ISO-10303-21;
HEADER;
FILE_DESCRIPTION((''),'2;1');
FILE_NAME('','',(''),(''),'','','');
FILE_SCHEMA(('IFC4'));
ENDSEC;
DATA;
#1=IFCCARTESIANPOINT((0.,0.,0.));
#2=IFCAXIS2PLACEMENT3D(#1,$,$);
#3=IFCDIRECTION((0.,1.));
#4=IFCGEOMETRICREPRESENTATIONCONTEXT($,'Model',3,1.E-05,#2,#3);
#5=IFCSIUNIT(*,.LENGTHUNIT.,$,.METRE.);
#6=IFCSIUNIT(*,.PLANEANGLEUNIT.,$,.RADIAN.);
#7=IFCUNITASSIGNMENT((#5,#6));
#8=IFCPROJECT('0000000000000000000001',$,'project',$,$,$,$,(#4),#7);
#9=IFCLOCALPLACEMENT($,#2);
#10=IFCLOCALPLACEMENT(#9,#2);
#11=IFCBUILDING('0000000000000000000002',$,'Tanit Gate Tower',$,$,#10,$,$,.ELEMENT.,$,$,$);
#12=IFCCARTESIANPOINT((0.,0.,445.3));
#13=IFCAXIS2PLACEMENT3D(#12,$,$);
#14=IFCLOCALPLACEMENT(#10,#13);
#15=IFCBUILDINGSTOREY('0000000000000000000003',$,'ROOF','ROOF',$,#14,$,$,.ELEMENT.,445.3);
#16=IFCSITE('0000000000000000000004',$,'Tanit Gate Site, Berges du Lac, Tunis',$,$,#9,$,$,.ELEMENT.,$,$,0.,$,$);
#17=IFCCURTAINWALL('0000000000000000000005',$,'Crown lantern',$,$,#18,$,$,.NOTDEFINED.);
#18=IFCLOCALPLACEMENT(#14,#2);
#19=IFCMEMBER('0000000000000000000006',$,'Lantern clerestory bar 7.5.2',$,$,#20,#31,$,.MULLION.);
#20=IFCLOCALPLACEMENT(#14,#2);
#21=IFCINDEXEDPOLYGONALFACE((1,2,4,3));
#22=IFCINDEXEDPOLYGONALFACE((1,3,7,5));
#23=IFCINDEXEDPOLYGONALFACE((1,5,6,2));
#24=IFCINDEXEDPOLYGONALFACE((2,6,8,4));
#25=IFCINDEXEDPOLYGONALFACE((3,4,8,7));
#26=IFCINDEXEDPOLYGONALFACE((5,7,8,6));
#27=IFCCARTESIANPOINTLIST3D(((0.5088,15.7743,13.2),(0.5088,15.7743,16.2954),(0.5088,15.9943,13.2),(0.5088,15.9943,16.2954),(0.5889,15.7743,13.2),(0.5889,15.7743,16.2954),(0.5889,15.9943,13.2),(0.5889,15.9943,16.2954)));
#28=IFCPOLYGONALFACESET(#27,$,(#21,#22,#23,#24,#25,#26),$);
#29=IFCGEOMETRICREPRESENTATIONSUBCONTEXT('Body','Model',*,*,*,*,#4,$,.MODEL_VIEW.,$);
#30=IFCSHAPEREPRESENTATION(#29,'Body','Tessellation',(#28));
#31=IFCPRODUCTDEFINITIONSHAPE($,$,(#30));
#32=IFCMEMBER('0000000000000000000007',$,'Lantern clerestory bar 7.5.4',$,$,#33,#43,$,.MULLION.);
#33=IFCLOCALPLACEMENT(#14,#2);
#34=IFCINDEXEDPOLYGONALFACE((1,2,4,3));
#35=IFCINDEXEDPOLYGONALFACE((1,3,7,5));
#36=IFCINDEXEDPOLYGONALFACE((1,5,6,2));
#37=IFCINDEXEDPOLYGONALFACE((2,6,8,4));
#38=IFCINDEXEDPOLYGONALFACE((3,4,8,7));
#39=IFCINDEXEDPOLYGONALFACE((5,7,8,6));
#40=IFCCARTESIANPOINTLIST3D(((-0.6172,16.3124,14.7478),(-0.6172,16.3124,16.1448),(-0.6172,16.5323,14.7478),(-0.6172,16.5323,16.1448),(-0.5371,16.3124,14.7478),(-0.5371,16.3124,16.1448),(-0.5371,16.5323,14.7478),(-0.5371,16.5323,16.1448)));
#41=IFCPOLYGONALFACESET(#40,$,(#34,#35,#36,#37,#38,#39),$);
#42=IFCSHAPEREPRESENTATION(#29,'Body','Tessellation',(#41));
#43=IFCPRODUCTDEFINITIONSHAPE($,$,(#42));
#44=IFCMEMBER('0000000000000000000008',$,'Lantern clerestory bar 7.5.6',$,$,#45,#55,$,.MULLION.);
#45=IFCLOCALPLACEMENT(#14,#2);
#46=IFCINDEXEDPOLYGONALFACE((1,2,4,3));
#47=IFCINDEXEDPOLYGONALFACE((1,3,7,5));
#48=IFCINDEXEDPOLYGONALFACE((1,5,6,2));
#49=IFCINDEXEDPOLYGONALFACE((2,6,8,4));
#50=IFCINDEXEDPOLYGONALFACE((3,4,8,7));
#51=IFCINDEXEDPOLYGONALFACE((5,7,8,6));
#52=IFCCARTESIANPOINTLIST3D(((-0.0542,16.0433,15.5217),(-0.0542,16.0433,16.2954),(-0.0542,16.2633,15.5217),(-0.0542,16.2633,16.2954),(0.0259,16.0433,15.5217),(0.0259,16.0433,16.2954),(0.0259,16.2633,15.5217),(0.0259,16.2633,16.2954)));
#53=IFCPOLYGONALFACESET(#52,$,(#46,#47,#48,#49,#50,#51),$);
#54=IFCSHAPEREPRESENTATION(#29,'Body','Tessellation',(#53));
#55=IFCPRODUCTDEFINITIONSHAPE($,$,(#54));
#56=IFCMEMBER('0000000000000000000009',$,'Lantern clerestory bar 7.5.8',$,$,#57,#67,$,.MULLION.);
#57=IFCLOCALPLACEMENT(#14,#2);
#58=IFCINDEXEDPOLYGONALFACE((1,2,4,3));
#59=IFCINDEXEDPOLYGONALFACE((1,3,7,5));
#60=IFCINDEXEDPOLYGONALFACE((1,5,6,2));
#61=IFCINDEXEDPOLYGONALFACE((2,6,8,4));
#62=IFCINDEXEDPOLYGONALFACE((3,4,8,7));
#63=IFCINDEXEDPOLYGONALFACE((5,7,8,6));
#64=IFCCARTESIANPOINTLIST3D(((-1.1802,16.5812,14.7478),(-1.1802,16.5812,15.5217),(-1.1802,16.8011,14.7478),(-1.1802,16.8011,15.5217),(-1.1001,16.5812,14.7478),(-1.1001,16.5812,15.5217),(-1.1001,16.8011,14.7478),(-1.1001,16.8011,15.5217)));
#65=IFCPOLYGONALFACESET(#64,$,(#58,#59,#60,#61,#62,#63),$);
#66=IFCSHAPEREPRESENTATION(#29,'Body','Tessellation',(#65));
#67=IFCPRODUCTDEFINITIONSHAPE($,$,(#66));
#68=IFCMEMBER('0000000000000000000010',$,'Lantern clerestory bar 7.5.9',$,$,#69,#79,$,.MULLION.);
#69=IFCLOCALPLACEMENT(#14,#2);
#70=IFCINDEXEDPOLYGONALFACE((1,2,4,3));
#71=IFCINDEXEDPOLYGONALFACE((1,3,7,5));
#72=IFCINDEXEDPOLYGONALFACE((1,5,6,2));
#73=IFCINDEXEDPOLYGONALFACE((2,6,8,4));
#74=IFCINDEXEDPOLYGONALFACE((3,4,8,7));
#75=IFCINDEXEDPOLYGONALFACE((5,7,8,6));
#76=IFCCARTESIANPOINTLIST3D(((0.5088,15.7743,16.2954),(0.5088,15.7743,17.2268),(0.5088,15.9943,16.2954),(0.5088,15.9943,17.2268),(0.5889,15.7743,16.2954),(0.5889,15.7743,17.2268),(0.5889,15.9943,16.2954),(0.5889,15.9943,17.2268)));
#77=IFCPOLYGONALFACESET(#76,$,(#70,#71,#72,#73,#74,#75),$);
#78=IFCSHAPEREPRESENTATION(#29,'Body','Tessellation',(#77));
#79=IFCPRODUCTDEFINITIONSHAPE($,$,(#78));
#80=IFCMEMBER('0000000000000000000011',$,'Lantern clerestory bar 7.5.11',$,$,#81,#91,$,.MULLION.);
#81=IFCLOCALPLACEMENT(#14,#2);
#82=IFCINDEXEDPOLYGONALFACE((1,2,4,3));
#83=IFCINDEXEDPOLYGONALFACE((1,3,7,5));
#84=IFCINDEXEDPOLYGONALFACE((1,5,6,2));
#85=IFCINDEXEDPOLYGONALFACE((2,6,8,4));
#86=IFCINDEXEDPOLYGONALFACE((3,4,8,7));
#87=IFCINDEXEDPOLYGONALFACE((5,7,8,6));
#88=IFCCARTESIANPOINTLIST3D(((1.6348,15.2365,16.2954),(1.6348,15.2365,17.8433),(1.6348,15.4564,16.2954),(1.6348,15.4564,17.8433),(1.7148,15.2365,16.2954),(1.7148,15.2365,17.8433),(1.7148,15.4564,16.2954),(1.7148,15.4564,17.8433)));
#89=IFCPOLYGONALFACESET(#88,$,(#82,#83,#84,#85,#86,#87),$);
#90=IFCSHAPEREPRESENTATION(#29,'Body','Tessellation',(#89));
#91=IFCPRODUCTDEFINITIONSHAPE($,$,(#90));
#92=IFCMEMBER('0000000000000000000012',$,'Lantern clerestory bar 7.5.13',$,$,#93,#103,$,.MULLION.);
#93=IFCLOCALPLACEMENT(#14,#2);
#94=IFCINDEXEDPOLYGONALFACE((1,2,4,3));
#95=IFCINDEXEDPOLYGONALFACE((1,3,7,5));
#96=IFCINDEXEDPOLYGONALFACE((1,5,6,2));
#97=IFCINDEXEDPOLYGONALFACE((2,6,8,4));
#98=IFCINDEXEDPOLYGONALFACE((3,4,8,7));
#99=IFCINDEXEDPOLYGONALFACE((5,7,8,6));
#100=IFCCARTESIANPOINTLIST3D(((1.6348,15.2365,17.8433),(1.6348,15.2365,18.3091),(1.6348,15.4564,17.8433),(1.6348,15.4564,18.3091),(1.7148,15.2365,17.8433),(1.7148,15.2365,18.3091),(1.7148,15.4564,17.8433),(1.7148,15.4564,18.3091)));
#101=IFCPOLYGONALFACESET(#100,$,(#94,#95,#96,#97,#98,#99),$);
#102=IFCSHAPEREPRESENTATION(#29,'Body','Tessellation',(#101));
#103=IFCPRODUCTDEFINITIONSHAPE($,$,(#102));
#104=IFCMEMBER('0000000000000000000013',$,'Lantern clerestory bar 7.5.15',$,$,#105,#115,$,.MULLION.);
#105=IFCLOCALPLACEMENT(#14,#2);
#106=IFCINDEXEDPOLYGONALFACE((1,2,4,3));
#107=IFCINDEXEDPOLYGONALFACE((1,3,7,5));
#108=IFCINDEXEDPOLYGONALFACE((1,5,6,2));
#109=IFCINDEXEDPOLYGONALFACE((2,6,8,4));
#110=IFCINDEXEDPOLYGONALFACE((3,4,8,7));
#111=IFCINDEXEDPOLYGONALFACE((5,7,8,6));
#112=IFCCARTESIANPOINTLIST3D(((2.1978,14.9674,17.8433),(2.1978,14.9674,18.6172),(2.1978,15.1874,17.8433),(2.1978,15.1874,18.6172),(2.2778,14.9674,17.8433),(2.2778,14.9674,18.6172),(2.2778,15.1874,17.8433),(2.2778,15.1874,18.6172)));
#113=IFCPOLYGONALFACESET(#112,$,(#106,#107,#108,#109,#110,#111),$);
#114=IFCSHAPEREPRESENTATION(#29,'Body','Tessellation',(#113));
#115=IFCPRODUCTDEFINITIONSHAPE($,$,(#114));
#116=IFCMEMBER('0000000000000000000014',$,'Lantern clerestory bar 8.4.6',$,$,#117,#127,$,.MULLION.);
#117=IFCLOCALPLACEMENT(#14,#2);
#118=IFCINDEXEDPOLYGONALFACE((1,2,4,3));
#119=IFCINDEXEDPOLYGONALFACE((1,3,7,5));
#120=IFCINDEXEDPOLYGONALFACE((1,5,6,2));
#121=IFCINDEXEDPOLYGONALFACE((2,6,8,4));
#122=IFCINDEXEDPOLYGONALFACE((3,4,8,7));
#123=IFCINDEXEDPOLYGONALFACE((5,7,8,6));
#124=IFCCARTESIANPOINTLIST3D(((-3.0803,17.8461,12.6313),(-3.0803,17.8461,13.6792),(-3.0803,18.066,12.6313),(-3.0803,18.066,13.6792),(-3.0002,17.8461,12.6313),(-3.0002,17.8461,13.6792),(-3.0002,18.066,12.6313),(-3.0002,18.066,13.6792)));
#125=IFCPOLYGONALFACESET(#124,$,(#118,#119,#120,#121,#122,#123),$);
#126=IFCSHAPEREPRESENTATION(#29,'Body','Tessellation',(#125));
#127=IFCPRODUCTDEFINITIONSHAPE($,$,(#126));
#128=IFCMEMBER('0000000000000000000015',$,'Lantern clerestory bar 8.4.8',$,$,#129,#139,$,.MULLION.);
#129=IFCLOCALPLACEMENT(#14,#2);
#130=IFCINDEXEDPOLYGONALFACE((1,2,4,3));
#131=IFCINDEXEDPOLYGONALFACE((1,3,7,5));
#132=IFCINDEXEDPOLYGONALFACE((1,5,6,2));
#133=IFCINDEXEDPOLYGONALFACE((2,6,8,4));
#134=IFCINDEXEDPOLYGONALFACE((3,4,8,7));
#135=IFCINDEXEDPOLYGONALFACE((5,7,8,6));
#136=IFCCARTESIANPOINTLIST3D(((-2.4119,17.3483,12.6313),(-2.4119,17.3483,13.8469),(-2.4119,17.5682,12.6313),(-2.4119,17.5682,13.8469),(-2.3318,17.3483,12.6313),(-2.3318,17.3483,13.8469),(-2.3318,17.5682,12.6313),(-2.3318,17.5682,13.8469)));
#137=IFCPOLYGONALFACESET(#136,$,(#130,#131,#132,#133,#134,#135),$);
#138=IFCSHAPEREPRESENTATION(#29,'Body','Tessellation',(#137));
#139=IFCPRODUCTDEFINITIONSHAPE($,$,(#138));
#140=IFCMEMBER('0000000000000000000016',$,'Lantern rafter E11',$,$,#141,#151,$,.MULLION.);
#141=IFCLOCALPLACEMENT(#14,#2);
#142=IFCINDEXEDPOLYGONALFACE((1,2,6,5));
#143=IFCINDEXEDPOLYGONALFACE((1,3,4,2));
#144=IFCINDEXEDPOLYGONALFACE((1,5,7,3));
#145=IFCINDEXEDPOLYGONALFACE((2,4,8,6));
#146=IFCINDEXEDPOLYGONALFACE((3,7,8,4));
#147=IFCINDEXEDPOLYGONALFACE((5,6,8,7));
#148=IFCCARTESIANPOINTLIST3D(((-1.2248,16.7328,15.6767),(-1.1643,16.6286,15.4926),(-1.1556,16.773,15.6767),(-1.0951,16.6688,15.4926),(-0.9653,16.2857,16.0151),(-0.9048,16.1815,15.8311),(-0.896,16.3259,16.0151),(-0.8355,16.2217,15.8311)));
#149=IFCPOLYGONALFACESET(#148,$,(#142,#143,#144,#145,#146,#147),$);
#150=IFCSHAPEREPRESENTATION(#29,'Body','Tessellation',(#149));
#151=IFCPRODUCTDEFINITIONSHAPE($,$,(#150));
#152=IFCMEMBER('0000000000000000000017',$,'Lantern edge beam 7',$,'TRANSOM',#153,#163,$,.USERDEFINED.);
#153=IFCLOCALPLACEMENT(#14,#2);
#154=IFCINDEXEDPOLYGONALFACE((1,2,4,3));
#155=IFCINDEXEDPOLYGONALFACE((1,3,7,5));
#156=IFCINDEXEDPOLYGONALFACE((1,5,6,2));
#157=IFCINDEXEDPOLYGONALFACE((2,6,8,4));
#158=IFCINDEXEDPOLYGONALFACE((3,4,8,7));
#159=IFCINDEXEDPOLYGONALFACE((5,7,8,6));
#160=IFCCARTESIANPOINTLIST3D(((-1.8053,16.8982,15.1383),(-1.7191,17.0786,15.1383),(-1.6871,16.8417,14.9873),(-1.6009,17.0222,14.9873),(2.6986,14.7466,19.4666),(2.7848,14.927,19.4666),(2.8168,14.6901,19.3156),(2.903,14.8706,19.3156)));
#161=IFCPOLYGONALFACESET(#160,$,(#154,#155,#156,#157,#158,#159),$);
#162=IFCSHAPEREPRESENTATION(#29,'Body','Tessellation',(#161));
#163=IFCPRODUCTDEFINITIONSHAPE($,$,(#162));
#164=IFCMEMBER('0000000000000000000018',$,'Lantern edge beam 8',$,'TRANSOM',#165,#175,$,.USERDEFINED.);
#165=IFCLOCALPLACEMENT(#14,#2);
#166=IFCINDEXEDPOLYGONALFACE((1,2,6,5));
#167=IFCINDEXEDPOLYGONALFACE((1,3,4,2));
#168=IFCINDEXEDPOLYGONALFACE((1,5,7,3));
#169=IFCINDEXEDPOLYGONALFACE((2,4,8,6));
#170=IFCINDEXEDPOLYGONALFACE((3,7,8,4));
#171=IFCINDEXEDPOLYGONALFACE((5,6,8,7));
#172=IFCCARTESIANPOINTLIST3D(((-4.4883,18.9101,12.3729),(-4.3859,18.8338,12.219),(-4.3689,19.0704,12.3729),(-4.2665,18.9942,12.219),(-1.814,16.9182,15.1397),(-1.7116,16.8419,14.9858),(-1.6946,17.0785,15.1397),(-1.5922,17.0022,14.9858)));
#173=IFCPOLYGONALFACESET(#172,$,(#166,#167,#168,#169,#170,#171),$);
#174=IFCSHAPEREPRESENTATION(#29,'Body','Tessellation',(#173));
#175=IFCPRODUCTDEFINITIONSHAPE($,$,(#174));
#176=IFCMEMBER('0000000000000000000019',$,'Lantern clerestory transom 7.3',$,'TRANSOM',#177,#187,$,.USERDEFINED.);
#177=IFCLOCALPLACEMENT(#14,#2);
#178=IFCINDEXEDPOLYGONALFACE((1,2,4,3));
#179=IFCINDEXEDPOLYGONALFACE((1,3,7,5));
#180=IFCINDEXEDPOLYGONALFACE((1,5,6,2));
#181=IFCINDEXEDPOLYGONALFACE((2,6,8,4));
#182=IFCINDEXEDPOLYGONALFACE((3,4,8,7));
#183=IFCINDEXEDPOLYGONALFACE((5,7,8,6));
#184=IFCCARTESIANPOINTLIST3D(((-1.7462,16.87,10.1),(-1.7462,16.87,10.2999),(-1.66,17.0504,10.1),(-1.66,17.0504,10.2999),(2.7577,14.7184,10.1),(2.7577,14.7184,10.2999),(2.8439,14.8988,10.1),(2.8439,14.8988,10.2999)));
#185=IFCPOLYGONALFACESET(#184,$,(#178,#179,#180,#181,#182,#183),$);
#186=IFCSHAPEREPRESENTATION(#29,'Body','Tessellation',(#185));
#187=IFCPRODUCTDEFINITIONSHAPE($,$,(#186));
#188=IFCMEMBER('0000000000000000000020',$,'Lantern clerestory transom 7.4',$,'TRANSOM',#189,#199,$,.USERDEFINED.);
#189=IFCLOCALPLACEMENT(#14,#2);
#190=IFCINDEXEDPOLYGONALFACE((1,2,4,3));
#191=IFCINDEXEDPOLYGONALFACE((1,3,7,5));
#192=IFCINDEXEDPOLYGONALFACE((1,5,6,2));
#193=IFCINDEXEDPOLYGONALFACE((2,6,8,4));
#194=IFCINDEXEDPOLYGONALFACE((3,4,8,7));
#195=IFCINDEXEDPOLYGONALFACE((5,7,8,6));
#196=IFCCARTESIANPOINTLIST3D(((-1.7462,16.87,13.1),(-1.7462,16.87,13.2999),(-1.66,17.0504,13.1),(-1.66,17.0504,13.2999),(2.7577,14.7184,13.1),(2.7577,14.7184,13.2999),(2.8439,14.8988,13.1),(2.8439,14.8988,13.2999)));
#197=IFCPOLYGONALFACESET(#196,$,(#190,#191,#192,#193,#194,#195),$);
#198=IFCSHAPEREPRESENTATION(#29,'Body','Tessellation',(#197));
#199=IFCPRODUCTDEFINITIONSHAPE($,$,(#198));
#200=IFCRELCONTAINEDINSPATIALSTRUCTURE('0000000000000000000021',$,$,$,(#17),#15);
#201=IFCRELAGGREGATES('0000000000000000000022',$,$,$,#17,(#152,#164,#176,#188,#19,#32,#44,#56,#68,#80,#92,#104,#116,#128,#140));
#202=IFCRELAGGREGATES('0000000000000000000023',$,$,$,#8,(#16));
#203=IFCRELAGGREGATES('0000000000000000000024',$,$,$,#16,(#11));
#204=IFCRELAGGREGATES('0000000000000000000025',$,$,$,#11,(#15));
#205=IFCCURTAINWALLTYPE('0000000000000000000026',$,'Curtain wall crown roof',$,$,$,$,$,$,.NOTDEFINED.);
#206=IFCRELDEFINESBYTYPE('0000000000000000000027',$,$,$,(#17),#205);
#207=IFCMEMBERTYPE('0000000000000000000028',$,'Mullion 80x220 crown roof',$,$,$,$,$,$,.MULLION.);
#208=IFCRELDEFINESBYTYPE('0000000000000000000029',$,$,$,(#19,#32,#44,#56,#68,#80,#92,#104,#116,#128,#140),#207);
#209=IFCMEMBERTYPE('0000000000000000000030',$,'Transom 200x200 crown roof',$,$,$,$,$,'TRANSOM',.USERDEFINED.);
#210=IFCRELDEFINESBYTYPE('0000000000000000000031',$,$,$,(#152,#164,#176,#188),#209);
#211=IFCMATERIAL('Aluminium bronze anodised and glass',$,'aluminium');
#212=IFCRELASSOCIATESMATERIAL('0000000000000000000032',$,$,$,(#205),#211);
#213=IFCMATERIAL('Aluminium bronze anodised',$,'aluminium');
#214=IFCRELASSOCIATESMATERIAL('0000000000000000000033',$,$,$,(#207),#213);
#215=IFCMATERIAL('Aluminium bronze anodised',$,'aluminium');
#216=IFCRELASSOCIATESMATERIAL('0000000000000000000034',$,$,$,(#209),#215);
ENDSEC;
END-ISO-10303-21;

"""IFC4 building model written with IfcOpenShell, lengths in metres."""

from ifc_helpers import new_model, si_unit, direction, frame, origin, origin_2d, place, context, subcontext, project, spatial, rectangle, extrude, material, material_profile, profile_set, type_object, element, aggregate, save


model = new_model("IFC4")

# Units and contexts
model_context = context("Model", 3, precision=1e-05, world=origin(), true_north=direction((0.0, 1.0)))
body_context = subcontext(model_context, "Body", "Model", "MODEL_VIEW")
ifc_project = project(units=[si_unit("LENGTHUNIT", "METRE"), si_unit("PLANEANGLEUNIT", "RADIAN")], contexts=[model_context])

# Site, building, storey
site_placement = place(None, origin())
site = spatial("IfcSite", under=ifc_project, at=site_placement, Name="Tanit Gate Site, Berges du Lac, Tunis", CompositionType="ELEMENT", RefElevation=0.0)
building_placement = place(site_placement, origin())
building = spatial("IfcBuilding", under=site, at=building_placement, Name="Tanit Gate Tower", CompositionType="ELEMENT")
storey_placement = place(building_placement, frame((0.0, 0.0, 445.3)))
storey = spatial("IfcBuildingStorey", under=building, at=storey_placement, Name="ROOF", Description="ROOF", CompositionType="ELEMENT", Elevation=445.3)

# Curtain wall, members
ifc_material_1 = material(Name="Aluminium bronze anodised and glass", Category="aluminium")
curtain_wall_type = type_object("IfcCurtainWallType", Name="Curtain wall crown roof", PredefinedType="NOTDEFINED", material=ifc_material_1)
curtain_wall_placement = place(storey_placement, origin())
curtain_wall = element("IfcCurtainWall", 1, at=curtain_wall_placement, inside=storey, type_object=curtain_wall_type, Name="Crown lantern", PredefinedType="NOTDEFINED")
ifc_material_2 = material(Name="Aluminium bronze anodised", Category="aluminium")
ifc_material_profile_1 = material_profile(ifc_material_2, rectangle(XDim=0.0801, YDim=0.22, at=origin_2d()), Name="80x220 bronze rafter")
ifc_profile_set_1 = profile_set([ifc_material_profile_1], Name="Aluminium bronze anodised")
member_type_1 = type_object("IfcMemberType", Name="Mullion 80x220 crown roof", PredefinedType="MULLION", material=ifc_profile_set_1)
member_1_placement = place(storey_placement, frame((0.5488, 15.8843, 13.2), z_axis=(0.0, 0.0, 1.0), x_axis=(1.0, 0.0, 0.0)))
member_1 = element("IfcMember", 2, at=member_1_placement, type_object=member_type_1, Name="Lantern clerestory bar 7.5.2", PredefinedType="MULLION", context=body_context, shape_type="SweptSolid", body=[
    extrude(rectangle(XDim=0.0801, YDim=0.22, at=origin_2d()), origin(), (0.0, 0.0, 1.0), 3.0955),
])
member_2_placement = place(storey_placement, frame((-0.5771, 16.4224, 14.7478), z_axis=(0.0, 0.0, 1.0), x_axis=(1.0, 0.0, 0.0)))
member_2 = element("IfcMember", 3, at=member_2_placement, type_object=member_type_1, Name="Lantern clerestory bar 7.5.4", PredefinedType="MULLION", context=body_context, shape_type="SweptSolid", body=[
    extrude(rectangle(XDim=0.0801, YDim=0.22, at=origin_2d()), origin(), (0.0, 0.0, 1.0), 1.397),
])
member_3_placement = place(storey_placement, frame((-0.0142, 16.1533, 15.5217), z_axis=(0.0, 0.0, 1.0), x_axis=(1.0, 0.0, 0.0)))
member_3 = element("IfcMember", 4, at=member_3_placement, type_object=member_type_1, Name="Lantern clerestory bar 7.5.6", PredefinedType="MULLION", context=body_context, shape_type="SweptSolid", body=[
    extrude(rectangle(XDim=0.0801, YDim=0.22, at=origin_2d()), origin(), (0.0, 0.0, 1.0), 0.7737),
])
member_4_placement = place(storey_placement, frame((-1.1401, 16.6912, 14.7478), z_axis=(0.0, 0.0, 1.0), x_axis=(1.0, 0.0, 0.0)))
member_4 = element("IfcMember", 5, at=member_4_placement, type_object=member_type_1, Name="Lantern clerestory bar 7.5.8", PredefinedType="MULLION", context=body_context, shape_type="SweptSolid", body=[
    extrude(rectangle(XDim=0.0801, YDim=0.22, at=origin_2d()), origin(), (0.0, 0.0, 1.0), 0.7739),
])
member_5_placement = place(storey_placement, frame((0.5488, 15.8843, 16.2954), z_axis=(0.0, 0.0, 1.0), x_axis=(1.0, 0.0, 0.0)))
member_5 = element("IfcMember", 6, at=member_5_placement, type_object=member_type_1, Name="Lantern clerestory bar 7.5.9", PredefinedType="MULLION", context=body_context, shape_type="SweptSolid", body=[
    extrude(rectangle(XDim=0.0801, YDim=0.22, at=origin_2d()), origin(), (0.0, 0.0, 1.0), 0.9314),
])
member_6_placement = place(storey_placement, frame((1.6748, 15.3464, 16.2954), z_axis=(0.0, 0.0, 1.0), x_axis=(1.0, 0.0, 0.0)))
member_6 = element("IfcMember", 7, at=member_6_placement, type_object=member_type_1, Name="Lantern clerestory bar 7.5.11", PredefinedType="MULLION", context=body_context, shape_type="SweptSolid", body=[
    extrude(rectangle(XDim=0.0801, YDim=0.22, at=origin_2d()), origin(), (0.0, 0.0, 1.0), 1.5479),
])
member_7_placement = place(storey_placement, frame((1.6748, 15.3464, 17.8433), z_axis=(0.0, 0.0, 1.0), x_axis=(1.0, 0.0, 0.0)))
member_7 = element("IfcMember", 8, at=member_7_placement, type_object=member_type_1, Name="Lantern clerestory bar 7.5.13", PredefinedType="MULLION", context=body_context, shape_type="SweptSolid", body=[
    extrude(rectangle(XDim=0.0801, YDim=0.22, at=origin_2d()), origin(), (0.0, 0.0, 1.0), 0.4658),
])
member_8_placement = place(storey_placement, frame((2.2378, 15.0774, 17.8433), z_axis=(0.0, 0.0, 1.0), x_axis=(1.0, 0.0, 0.0)))
member_8 = element("IfcMember", 9, at=member_8_placement, type_object=member_type_1, Name="Lantern clerestory bar 7.5.15", PredefinedType="MULLION", context=body_context, shape_type="SweptSolid", body=[
    extrude(rectangle(XDim=0.0801, YDim=0.22, at=origin_2d()), origin(), (0.0, 0.0, 1.0), 0.7739),
])
member_9_placement = place(storey_placement, frame((-3.0403, 17.9561, 12.6313), z_axis=(0.0, 0.0, 1.0), x_axis=(1.0, 0.0, 0.0)))
member_9 = element("IfcMember", 10, at=member_9_placement, type_object=member_type_1, Name="Lantern clerestory bar 8.4.6", PredefinedType="MULLION", context=body_context, shape_type="SweptSolid", body=[
    extrude(rectangle(XDim=0.0801, YDim=0.22, at=origin_2d()), origin(), (0.0, 0.0, 1.0), 1.0479),
])
member_10_placement = place(storey_placement, frame((-2.3718, 17.4583, 12.6313), z_axis=(0.0, 0.0, 1.0), x_axis=(1.0, 0.0, 0.0)))
member_10 = element("IfcMember", 11, at=member_10_placement, type_object=member_type_1, Name="Lantern clerestory bar 8.4.8", PredefinedType="MULLION", context=body_context, shape_type="SweptSolid", body=[
    extrude(rectangle(XDim=0.0801, YDim=0.22, at=origin_2d()), origin(), (0.0, 0.0, 1.0), 1.2156),
])
member_11_placement = place(storey_placement, frame((-0.9004, 16.2537, 15.9231), z_axis=(-0.420072, 0.723567, -0.547714), x_axis=(-0.864822, -0.502079, 0.0)))
member_11 = element("IfcMember", 12, at=member_11_placement, type_object=member_type_1, Name="Lantern rafter E11", PredefinedType="MULLION", context=body_context, shape_type="SweptSolid", body=[
    extrude(rectangle(XDim=0.0801, YDim=0.22, at=origin_2d()), origin(), (0.0, 0.0, 1.0), 0.6179),
])
ifc_material_3 = material(Name="Aluminium bronze anodised", Category="aluminium")
ifc_material_profile_2 = material_profile(ifc_material_3, rectangle(XDim=0.2, YDim=0.2, at=origin_2d()), Name="200x200 bronze transom")
ifc_profile_set_2 = profile_set([ifc_material_profile_2], Name="Aluminium bronze anodised")
member_type_2 = type_object("IfcMemberType", Name="Transom 200x200 crown roof", ElementType="TRANSOM", PredefinedType="USERDEFINED", material=ifc_profile_set_2)
member_12_placement = place(storey_placement, frame((2.8008, 14.8086, 19.3911), z_axis=(-0.681711, 0.325668, -0.655142), x_axis=(-0.431059, -0.902324, 0.0)))
member_12 = element("IfcMember", 13, at=member_12_placement, type_object=member_type_2, Name="Lantern edge beam 7", ObjectType="TRANSOM", PredefinedType="USERDEFINED", context=body_context, shape_type="SweptSolid", body=[
    extrude(rectangle(XDim=0.2, YDim=0.2, at=origin_2d()), origin(), (0.0, 0.0, 1.0), 6.6067),
])
member_13_placement = place(storey_placement, frame((-1.7031, 16.9602, 15.0627), z_axis=(-0.617192, 0.45971, -0.638546), x_axis=(-0.597349, -0.801981, 0.0)))
member_13 = element("IfcMember", 14, at=member_13_placement, type_object=member_type_2, Name="Lantern edge beam 8", ObjectType="TRANSOM", PredefinedType="USERDEFINED", context=body_context, shape_type="SweptSolid", body=[
    extrude(rectangle(XDim=0.2, YDim=0.2, at=origin_2d()), origin(), (0.0, 0.0, 1.0), 4.333),
])
member_14_placement = place(storey_placement, frame((2.8008, 14.8086, 10.2), z_axis=(-0.902324, 0.431059, 0.0), x_axis=(-0.431059, -0.902324, 0.0)))
member_14 = element("IfcMember", 15, at=member_14_placement, type_object=member_type_2, Name="Lantern clerestory transom 7.3", ObjectType="TRANSOM", PredefinedType="USERDEFINED", context=body_context, shape_type="SweptSolid", body=[
    extrude(rectangle(XDim=0.2, YDim=0.2, at=origin_2d()), origin(), (0.0, 0.0, 1.0), 4.9915),
])
member_15_placement = place(storey_placement, frame((2.8008, 14.8086, 13.2), z_axis=(-0.902324, 0.431059, 0.0), x_axis=(-0.431059, -0.902324, 0.0)))
member_15 = element("IfcMember", 16, at=member_15_placement, type_object=member_type_2, Name="Lantern clerestory transom 7.4", ObjectType="TRANSOM", PredefinedType="USERDEFINED", context=body_context, shape_type="SweptSolid", body=[
    extrude(rectangle(XDim=0.2, YDim=0.2, at=origin_2d()), origin(), (0.0, 0.0, 1.0), 4.9915),
])
aggregate(curtain_wall, [member_12, member_13, member_14, member_15, member_1, member_2, member_3, member_4, member_5, member_6, member_7, member_8, member_9, member_10, member_11])

save(model, "model.ifc")
